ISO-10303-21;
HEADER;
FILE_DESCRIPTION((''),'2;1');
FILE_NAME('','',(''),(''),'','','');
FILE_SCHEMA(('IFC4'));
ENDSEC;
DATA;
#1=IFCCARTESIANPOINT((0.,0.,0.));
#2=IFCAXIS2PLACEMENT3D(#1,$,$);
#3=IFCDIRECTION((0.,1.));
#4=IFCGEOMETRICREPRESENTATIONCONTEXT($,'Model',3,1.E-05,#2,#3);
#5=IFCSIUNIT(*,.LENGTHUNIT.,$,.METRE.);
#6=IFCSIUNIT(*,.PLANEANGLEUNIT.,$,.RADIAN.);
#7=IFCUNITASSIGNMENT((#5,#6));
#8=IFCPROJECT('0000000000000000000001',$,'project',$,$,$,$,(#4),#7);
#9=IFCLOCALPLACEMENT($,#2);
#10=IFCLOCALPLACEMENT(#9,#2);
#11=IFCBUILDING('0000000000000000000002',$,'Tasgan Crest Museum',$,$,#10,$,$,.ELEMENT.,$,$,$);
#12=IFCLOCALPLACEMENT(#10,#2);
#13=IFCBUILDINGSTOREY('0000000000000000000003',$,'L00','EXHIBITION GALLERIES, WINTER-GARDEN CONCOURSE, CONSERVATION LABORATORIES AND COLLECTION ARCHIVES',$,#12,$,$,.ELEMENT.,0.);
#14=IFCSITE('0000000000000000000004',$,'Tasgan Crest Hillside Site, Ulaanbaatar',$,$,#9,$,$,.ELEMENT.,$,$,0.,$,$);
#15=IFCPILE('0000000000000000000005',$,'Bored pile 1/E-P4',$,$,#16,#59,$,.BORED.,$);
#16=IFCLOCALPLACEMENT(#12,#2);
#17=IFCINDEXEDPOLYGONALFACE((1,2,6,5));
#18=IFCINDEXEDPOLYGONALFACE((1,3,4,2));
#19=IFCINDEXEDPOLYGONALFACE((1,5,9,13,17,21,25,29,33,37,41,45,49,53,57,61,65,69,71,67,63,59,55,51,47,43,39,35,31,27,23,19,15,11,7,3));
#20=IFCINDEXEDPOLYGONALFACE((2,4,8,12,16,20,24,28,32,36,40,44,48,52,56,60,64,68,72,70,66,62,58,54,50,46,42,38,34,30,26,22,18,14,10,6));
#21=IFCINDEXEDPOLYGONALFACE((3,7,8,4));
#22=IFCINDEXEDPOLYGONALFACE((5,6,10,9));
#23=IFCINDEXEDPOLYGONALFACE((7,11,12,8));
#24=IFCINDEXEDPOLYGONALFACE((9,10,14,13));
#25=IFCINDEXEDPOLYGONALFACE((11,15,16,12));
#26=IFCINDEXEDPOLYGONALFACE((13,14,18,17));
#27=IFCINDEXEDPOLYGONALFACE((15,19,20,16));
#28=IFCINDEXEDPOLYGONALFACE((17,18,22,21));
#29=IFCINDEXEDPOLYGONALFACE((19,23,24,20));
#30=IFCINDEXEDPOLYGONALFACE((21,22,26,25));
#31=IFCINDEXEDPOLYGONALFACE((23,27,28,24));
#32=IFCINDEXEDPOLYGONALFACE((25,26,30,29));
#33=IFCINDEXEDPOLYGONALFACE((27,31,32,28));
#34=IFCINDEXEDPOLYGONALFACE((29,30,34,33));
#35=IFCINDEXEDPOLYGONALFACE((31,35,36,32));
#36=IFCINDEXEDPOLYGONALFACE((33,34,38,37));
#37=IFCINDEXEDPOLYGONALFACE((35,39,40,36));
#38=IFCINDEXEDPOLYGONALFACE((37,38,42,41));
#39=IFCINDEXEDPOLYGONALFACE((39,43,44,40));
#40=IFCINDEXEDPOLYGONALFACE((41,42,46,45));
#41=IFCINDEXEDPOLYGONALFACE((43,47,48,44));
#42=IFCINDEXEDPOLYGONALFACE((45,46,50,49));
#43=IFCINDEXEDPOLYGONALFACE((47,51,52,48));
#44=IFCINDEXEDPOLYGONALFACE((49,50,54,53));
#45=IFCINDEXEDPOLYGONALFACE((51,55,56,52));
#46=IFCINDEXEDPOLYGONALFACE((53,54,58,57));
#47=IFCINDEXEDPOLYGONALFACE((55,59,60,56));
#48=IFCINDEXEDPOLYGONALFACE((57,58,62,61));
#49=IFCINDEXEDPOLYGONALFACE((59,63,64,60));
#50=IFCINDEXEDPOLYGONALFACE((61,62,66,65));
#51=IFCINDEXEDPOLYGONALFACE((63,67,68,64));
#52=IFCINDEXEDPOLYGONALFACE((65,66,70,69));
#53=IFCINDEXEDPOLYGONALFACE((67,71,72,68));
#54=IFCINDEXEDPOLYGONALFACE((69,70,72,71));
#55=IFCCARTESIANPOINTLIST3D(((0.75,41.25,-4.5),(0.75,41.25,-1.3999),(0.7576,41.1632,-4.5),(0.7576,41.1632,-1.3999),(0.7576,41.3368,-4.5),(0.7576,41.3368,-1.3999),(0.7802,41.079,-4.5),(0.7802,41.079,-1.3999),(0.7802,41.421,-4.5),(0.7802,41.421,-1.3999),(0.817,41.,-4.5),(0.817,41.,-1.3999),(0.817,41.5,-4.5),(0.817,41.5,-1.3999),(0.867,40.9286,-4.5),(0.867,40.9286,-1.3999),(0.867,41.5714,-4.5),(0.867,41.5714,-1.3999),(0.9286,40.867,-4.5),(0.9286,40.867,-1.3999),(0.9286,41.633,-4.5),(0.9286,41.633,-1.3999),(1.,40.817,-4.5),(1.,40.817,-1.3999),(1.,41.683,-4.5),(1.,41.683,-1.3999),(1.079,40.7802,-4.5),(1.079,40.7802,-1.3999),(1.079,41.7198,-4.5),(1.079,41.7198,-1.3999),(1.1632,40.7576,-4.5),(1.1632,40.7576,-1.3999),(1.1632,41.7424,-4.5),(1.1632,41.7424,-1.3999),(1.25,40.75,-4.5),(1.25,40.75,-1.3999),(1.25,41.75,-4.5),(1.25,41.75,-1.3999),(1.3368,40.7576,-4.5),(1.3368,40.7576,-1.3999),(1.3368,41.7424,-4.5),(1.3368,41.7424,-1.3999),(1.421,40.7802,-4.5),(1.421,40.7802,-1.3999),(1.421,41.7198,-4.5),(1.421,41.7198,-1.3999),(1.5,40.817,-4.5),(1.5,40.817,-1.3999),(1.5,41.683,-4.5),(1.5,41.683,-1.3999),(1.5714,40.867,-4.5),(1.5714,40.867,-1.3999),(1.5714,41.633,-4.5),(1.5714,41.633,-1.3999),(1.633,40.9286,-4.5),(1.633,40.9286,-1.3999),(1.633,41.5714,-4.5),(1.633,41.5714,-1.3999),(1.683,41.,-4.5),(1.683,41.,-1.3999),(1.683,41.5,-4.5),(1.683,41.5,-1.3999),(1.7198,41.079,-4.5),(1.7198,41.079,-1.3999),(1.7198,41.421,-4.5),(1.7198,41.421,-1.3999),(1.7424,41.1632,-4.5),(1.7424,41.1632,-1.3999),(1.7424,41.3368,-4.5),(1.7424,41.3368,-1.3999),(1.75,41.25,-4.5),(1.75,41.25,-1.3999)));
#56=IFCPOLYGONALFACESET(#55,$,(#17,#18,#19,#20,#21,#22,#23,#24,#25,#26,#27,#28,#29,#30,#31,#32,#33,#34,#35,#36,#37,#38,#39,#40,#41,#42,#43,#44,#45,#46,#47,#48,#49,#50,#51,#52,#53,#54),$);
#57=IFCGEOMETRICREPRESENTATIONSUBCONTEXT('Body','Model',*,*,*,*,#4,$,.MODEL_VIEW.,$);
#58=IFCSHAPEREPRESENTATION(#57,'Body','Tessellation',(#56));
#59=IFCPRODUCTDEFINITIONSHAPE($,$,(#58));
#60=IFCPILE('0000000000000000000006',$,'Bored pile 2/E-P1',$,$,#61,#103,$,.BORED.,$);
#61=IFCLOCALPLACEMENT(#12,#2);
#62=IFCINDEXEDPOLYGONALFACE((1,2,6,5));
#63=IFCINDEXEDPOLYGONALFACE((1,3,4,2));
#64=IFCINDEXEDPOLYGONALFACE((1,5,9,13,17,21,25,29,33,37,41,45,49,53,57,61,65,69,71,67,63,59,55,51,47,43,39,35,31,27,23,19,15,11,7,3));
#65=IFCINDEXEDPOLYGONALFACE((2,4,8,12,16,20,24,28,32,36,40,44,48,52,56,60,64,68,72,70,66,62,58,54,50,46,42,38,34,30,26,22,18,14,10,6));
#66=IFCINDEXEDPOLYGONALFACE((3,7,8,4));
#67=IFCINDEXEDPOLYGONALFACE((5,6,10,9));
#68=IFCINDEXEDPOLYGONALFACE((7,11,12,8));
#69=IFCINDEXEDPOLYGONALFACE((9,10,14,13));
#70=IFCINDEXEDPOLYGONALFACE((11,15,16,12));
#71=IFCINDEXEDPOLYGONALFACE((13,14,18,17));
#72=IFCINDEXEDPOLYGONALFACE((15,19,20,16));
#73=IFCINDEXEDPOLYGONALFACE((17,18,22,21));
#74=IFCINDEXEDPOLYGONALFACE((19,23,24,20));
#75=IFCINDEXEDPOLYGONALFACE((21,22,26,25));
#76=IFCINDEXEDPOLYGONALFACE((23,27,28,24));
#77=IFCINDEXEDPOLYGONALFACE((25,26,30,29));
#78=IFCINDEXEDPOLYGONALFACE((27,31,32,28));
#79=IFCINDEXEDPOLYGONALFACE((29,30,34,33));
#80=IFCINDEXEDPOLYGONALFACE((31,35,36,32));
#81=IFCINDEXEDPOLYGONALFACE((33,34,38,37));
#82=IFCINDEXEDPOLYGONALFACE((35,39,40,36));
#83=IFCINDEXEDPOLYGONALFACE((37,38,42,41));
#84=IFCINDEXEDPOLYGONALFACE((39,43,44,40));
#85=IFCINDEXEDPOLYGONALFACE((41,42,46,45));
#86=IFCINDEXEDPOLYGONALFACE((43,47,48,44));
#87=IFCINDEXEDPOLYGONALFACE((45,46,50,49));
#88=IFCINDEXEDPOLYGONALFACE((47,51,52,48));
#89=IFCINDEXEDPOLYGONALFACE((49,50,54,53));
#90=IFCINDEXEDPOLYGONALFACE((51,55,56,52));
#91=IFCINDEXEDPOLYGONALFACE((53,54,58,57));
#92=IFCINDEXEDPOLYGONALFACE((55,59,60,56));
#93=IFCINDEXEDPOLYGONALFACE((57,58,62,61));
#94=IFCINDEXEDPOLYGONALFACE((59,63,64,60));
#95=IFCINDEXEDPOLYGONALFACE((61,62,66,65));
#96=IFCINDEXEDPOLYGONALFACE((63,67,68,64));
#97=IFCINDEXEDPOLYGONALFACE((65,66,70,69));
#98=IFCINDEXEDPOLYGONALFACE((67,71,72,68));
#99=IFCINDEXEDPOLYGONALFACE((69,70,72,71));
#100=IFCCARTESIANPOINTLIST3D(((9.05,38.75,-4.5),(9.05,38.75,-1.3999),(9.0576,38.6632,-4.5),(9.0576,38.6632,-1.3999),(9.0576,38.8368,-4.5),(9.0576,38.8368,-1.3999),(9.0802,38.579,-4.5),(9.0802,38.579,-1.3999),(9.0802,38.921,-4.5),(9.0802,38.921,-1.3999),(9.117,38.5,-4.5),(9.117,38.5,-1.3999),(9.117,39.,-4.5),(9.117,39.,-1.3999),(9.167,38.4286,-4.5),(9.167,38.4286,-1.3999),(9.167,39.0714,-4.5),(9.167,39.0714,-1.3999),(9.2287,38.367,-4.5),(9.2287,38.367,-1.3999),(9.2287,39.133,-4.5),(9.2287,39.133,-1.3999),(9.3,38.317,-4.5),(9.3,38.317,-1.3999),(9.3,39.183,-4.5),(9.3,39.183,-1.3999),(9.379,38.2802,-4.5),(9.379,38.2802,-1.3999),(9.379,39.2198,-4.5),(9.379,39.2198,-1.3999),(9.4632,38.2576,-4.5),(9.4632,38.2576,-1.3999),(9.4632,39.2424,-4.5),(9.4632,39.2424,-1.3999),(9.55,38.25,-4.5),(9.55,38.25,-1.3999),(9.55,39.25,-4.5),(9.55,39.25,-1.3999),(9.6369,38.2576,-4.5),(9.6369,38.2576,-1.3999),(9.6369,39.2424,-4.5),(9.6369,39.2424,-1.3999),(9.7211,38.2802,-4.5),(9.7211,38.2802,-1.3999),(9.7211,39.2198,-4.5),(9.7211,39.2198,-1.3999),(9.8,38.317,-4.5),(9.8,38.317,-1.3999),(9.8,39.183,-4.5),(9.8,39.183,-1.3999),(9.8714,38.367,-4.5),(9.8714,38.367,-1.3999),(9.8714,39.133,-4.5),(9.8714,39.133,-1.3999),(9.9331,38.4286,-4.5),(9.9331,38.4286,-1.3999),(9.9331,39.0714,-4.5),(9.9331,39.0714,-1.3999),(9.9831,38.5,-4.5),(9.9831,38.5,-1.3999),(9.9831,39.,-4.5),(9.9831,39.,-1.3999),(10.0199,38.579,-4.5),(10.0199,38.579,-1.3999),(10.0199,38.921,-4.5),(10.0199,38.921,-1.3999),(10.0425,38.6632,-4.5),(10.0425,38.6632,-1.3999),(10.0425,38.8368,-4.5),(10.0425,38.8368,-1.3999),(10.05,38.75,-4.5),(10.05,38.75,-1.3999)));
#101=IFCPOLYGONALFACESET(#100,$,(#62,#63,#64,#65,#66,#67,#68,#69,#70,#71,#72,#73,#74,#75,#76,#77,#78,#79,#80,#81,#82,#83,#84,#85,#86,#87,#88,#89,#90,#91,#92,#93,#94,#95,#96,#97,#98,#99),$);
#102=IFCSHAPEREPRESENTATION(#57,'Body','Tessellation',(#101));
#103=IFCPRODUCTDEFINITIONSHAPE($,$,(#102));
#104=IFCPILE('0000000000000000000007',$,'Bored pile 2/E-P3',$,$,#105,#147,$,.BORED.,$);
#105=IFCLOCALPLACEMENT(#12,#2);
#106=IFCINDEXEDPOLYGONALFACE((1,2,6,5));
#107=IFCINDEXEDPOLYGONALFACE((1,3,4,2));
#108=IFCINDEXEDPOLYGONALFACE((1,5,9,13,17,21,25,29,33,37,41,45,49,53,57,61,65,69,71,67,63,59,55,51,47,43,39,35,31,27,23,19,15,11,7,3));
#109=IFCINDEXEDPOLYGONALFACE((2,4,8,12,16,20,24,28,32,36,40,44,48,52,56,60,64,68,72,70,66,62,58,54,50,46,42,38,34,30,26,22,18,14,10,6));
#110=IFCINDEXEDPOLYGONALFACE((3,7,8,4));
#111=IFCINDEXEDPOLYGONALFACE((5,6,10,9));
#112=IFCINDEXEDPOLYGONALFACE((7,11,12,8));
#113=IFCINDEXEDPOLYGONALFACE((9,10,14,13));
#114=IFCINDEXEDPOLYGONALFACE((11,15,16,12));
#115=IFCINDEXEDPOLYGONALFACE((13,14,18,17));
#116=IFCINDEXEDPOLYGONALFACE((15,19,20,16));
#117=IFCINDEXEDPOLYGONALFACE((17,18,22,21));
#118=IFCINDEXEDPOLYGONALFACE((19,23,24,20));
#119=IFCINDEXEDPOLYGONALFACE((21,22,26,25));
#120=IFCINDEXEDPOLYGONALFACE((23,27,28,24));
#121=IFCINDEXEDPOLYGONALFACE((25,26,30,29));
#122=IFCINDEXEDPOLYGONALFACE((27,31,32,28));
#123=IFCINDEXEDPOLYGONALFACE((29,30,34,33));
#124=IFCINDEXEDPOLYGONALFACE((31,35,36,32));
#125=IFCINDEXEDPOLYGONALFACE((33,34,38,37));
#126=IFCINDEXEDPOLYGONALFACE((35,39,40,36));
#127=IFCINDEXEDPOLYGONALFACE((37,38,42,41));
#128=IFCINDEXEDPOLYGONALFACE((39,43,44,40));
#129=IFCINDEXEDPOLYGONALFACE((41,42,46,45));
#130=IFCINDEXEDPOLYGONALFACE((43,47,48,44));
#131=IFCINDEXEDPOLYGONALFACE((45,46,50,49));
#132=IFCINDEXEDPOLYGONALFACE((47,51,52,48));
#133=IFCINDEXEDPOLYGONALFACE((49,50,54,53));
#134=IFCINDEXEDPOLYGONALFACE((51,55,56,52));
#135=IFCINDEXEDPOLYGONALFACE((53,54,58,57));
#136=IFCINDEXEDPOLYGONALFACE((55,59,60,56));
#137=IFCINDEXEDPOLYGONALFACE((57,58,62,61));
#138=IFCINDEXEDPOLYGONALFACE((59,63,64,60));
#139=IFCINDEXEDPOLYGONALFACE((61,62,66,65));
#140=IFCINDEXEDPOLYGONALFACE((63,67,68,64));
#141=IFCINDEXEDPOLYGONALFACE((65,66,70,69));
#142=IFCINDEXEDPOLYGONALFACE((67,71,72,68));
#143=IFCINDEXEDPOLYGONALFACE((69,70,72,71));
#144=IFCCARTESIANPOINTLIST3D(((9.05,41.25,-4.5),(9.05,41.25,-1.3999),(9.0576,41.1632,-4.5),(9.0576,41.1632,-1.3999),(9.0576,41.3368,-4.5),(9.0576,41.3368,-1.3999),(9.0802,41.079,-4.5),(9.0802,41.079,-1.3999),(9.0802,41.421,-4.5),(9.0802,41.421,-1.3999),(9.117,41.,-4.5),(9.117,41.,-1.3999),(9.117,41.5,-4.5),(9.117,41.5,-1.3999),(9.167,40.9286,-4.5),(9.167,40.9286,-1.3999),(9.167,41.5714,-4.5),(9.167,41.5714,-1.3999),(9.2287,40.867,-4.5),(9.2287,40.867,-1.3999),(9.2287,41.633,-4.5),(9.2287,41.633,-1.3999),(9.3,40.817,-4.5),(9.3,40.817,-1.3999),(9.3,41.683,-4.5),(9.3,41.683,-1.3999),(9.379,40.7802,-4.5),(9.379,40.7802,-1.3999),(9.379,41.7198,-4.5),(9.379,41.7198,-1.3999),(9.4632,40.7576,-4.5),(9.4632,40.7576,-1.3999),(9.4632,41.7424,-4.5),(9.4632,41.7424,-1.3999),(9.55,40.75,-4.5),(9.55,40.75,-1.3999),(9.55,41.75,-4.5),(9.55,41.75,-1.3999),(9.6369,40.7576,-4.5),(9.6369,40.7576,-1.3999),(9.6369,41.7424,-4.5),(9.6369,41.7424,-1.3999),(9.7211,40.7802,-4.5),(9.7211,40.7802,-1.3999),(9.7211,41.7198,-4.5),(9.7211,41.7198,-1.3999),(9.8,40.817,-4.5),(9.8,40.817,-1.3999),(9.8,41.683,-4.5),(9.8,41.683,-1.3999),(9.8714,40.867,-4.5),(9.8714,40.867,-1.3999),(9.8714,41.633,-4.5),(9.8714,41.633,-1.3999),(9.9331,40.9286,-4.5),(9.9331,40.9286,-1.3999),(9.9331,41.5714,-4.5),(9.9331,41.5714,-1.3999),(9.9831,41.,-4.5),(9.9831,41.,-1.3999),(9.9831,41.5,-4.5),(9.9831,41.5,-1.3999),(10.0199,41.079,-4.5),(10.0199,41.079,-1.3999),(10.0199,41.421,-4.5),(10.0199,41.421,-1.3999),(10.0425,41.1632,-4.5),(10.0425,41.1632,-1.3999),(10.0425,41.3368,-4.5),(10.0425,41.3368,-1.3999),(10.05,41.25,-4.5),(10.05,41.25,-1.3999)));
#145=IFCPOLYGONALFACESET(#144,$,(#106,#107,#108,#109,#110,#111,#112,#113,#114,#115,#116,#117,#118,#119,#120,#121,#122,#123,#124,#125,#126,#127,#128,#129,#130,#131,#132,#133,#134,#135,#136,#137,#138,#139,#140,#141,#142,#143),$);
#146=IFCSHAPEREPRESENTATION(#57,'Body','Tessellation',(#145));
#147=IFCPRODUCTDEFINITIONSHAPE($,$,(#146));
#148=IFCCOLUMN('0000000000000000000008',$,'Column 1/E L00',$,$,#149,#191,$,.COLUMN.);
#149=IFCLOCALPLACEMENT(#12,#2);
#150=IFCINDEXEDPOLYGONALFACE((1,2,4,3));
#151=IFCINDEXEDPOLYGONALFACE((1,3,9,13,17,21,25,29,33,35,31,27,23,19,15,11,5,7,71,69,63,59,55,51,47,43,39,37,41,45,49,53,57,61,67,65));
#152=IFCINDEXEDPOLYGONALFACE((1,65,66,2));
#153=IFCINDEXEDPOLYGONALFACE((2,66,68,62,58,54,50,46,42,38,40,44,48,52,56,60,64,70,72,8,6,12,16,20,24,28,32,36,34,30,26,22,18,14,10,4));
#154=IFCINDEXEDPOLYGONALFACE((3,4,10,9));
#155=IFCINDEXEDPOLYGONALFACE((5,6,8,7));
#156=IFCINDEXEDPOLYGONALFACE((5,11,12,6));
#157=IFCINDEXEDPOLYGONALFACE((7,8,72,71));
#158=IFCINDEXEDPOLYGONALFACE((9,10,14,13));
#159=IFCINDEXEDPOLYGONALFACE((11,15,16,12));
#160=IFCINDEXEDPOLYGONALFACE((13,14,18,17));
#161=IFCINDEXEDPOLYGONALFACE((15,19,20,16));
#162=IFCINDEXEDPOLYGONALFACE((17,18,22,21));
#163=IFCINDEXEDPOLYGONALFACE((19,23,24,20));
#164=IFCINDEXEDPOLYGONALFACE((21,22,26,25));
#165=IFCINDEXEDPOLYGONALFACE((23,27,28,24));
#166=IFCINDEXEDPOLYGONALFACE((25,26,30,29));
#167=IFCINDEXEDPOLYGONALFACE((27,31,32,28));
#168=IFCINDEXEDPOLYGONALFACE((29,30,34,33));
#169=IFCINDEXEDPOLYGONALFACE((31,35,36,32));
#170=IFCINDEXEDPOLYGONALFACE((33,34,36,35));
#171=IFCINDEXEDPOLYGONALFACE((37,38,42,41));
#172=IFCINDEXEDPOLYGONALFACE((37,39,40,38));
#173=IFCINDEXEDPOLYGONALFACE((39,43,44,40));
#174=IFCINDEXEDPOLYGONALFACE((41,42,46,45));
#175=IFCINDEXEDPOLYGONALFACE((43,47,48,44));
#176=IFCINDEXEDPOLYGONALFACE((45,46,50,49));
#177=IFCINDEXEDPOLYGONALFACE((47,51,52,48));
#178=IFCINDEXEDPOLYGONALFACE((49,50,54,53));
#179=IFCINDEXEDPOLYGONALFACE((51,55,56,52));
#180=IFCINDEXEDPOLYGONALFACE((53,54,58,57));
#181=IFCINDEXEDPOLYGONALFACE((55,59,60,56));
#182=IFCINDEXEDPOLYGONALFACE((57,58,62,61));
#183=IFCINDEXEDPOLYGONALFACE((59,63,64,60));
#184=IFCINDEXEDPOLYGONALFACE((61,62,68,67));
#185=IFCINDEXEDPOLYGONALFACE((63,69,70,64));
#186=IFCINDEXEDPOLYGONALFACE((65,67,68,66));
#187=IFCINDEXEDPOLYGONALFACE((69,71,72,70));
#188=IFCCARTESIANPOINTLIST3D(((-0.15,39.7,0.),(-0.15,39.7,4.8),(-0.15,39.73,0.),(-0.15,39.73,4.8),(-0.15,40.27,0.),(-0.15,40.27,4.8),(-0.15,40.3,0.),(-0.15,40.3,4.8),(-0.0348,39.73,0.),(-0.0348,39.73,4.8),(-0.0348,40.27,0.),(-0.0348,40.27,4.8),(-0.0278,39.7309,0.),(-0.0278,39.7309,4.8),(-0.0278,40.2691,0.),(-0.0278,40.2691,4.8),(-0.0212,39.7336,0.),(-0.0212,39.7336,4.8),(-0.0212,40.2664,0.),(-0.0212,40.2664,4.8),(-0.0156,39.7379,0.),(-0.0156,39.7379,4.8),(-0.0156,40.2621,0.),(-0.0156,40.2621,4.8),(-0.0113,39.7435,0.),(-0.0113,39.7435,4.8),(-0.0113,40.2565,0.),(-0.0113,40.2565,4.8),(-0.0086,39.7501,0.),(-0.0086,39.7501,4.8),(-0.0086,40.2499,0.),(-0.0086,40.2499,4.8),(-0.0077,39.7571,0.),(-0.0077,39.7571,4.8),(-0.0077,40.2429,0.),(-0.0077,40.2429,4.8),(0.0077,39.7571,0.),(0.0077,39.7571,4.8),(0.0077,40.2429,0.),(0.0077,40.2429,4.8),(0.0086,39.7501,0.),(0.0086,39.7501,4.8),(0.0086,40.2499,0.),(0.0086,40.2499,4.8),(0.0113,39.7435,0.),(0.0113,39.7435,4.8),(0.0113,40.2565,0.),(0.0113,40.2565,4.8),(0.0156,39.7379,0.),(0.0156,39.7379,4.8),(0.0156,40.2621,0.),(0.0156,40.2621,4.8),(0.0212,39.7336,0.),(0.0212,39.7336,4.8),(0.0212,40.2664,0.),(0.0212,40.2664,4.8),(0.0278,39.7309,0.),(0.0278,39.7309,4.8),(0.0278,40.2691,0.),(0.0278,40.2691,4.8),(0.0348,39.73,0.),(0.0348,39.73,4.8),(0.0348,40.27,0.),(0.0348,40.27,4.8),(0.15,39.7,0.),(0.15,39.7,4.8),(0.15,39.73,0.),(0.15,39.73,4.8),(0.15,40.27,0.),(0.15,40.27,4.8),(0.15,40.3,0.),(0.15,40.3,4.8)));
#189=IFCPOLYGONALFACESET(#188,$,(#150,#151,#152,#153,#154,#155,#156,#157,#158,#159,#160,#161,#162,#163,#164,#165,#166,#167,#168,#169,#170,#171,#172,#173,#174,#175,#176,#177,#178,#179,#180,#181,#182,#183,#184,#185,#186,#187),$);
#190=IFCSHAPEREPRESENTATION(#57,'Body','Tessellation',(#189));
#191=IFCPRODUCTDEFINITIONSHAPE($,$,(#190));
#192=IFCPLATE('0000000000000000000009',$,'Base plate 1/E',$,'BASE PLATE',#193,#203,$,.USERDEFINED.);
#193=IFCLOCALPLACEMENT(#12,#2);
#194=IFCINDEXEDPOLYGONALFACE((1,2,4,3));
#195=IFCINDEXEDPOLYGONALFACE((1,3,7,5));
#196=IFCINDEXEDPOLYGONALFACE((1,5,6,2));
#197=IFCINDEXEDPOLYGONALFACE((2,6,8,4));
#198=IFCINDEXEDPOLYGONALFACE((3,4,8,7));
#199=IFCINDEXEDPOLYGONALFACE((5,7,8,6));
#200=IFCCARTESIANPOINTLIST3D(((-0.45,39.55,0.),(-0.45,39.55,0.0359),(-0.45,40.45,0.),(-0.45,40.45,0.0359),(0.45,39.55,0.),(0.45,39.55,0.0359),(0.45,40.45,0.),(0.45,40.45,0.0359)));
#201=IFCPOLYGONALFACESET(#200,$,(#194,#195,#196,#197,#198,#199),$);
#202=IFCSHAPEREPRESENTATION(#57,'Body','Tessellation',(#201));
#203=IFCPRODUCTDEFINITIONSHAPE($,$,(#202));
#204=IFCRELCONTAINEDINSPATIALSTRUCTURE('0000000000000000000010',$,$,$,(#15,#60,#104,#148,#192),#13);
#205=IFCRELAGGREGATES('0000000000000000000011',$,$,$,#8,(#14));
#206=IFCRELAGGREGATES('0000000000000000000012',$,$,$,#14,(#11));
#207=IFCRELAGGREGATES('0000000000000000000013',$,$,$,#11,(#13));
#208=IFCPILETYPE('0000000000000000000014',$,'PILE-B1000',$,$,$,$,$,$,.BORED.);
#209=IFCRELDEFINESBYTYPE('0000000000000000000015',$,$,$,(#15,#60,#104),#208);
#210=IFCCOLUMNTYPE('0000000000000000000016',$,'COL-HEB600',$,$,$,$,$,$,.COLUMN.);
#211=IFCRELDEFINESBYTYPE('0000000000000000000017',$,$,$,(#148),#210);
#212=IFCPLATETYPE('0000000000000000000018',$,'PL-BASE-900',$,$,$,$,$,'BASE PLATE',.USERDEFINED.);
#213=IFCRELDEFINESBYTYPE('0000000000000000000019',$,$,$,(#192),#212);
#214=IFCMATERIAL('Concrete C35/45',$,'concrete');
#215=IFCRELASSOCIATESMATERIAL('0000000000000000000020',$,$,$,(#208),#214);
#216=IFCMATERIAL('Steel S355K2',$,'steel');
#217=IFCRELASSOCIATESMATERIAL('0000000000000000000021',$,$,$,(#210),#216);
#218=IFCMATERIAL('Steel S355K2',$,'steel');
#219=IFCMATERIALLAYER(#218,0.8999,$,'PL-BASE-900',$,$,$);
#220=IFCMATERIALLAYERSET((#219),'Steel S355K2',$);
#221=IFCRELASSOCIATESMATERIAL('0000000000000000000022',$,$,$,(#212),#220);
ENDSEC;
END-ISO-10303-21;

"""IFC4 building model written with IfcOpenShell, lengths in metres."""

from ifc_helpers import new_model, si_unit, direction, frame, origin, origin_2d, place, context, subcontext, project, spatial, rectangle, circle, i_section, extrude, material, layer, layer_set, material_profile, profile_set, type_object, element, save


model = new_model("IFC4")

# Units and contexts
model_context = context("Model", 3, precision=1e-05, world=origin(), true_north=direction((0.0, 1.0)))
body_context = subcontext(model_context, "Body", "Model", "MODEL_VIEW")
ifc_project = project(units=[si_unit("LENGTHUNIT", "METRE"), si_unit("PLANEANGLEUNIT", "RADIAN")], contexts=[model_context])

# Site, building, storey
site_placement = place(None, origin())
site = spatial("IfcSite", under=ifc_project, at=site_placement, Name="Tasgan Crest Hillside Site, Ulaanbaatar", CompositionType="ELEMENT", RefElevation=0.0)
building_placement = place(site_placement, origin())
building = spatial("IfcBuilding", under=site, at=building_placement, Name="Tasgan Crest Museum", CompositionType="ELEMENT")
storey_placement = place(building_placement, origin())
storey = spatial("IfcBuildingStorey", under=building, at=storey_placement, Name="L00", Description="EXHIBITION GALLERIES, WINTER-GARDEN CONCOURSE, CONSERVATION LABORATORIES AND COLLECTION ARCHIVES", CompositionType="ELEMENT", Elevation=0.0)

# Piles
ifc_material_1 = material(Name="Concrete C35/45", Category="concrete")
ifc_material_profile_1 = material_profile(ifc_material_1, circle(Radius=0.5, at=origin_2d()), Name="PILE D1000")
ifc_profile_set_1 = profile_set([ifc_material_profile_1], Name="Concrete C35/45")
pile_type = type_object("IfcPileType", Name="PILE-B1000", PredefinedType="BORED", material=ifc_profile_set_1)
for number, where, z_axis, x_axis, name in (
    (1, (1.25, 41.25, -1.3999), (0.0, 0.0, -1.0), (1.0, 0.0, 0.0), "Bored pile 1/E-P4"),
    (2, (9.55, 38.75, -1.3999), (0.0, 0.0, -1.0), (1.0, 0.0, 0.0), "Bored pile 2/E-P1"),
    (3, (9.55, 41.25, -1.3999), (0.0, 0.0, -1.0), (1.0, 0.0, 0.0), "Bored pile 2/E-P3"),
):
    element("IfcPile", number, at=place(storey_placement, frame(where, z_axis=z_axis, x_axis=x_axis)), inside=storey, type_object=pile_type, Name=name, PredefinedType="BORED", context=body_context, shape_type="SweptSolid", body=[
        extrude(circle(Radius=0.5, at=origin_2d()), origin(), (0.0, 0.0, 1.0), 3.1001),
    ])

# Column
ifc_material_2 = material(Name="Steel S355K2", Category="steel")
ifc_material_profile_2 = material_profile(ifc_material_2, i_section(OverallWidth=0.3, OverallDepth=0.6001, WebThickness=0.0154, FlangeThickness=0.03, FilletRadius=0.0271, at=origin_2d()), Name="HEB 600")
ifc_profile_set_2 = profile_set([ifc_material_profile_2], Name="Steel S355K2")
column_type = type_object("IfcColumnType", Name="COL-HEB600", PredefinedType="COLUMN", material=ifc_profile_set_2)
column_placement = place(storey_placement, frame((0.0, 40.0, 0.0), z_axis=(0.0, 0.0, 1.0), x_axis=(1.0, 0.0, 0.0)))
element("IfcColumn", 4, at=column_placement, inside=storey, type_object=column_type, Name="Column 1/E L00", PredefinedType="COLUMN", context=body_context, shape_type="SweptSolid", body=[
    extrude(i_section(OverallWidth=0.3, OverallDepth=0.6001, WebThickness=0.0154, FlangeThickness=0.03, FilletRadius=0.0271, at=origin_2d()), origin(), (0.0, 0.0, 1.0), 4.8),
])

# Plate
ifc_material_3 = material(Name="Steel S355K2", Category="steel")
ifc_layer_1 = layer(ifc_material_3, 0.8999, Name="PL-BASE-900")
ifc_layer_set_1 = layer_set([ifc_layer_1], Name="Steel S355K2")
plate_type = type_object("IfcPlateType", Name="PL-BASE-900", ElementType="BASE PLATE", PredefinedType="USERDEFINED", material=ifc_layer_set_1)
plate_placement = place(storey_placement, frame((0.0, 40.0, 0.0), z_axis=(0.0, 0.0, 1.0), x_axis=(1.0, 0.0, 0.0)))
element("IfcPlate", 5, at=plate_placement, inside=storey, type_object=plate_type, Name="Base plate 1/E", ObjectType="BASE PLATE", PredefinedType="USERDEFINED", context=body_context, shape_type="SweptSolid", body=[
    extrude(rectangle(XDim=0.8999, YDim=0.8999, at=origin_2d()), origin(), (0.0, 0.0, 1.0), 0.0359),
])

save(model, "model.ifc")
